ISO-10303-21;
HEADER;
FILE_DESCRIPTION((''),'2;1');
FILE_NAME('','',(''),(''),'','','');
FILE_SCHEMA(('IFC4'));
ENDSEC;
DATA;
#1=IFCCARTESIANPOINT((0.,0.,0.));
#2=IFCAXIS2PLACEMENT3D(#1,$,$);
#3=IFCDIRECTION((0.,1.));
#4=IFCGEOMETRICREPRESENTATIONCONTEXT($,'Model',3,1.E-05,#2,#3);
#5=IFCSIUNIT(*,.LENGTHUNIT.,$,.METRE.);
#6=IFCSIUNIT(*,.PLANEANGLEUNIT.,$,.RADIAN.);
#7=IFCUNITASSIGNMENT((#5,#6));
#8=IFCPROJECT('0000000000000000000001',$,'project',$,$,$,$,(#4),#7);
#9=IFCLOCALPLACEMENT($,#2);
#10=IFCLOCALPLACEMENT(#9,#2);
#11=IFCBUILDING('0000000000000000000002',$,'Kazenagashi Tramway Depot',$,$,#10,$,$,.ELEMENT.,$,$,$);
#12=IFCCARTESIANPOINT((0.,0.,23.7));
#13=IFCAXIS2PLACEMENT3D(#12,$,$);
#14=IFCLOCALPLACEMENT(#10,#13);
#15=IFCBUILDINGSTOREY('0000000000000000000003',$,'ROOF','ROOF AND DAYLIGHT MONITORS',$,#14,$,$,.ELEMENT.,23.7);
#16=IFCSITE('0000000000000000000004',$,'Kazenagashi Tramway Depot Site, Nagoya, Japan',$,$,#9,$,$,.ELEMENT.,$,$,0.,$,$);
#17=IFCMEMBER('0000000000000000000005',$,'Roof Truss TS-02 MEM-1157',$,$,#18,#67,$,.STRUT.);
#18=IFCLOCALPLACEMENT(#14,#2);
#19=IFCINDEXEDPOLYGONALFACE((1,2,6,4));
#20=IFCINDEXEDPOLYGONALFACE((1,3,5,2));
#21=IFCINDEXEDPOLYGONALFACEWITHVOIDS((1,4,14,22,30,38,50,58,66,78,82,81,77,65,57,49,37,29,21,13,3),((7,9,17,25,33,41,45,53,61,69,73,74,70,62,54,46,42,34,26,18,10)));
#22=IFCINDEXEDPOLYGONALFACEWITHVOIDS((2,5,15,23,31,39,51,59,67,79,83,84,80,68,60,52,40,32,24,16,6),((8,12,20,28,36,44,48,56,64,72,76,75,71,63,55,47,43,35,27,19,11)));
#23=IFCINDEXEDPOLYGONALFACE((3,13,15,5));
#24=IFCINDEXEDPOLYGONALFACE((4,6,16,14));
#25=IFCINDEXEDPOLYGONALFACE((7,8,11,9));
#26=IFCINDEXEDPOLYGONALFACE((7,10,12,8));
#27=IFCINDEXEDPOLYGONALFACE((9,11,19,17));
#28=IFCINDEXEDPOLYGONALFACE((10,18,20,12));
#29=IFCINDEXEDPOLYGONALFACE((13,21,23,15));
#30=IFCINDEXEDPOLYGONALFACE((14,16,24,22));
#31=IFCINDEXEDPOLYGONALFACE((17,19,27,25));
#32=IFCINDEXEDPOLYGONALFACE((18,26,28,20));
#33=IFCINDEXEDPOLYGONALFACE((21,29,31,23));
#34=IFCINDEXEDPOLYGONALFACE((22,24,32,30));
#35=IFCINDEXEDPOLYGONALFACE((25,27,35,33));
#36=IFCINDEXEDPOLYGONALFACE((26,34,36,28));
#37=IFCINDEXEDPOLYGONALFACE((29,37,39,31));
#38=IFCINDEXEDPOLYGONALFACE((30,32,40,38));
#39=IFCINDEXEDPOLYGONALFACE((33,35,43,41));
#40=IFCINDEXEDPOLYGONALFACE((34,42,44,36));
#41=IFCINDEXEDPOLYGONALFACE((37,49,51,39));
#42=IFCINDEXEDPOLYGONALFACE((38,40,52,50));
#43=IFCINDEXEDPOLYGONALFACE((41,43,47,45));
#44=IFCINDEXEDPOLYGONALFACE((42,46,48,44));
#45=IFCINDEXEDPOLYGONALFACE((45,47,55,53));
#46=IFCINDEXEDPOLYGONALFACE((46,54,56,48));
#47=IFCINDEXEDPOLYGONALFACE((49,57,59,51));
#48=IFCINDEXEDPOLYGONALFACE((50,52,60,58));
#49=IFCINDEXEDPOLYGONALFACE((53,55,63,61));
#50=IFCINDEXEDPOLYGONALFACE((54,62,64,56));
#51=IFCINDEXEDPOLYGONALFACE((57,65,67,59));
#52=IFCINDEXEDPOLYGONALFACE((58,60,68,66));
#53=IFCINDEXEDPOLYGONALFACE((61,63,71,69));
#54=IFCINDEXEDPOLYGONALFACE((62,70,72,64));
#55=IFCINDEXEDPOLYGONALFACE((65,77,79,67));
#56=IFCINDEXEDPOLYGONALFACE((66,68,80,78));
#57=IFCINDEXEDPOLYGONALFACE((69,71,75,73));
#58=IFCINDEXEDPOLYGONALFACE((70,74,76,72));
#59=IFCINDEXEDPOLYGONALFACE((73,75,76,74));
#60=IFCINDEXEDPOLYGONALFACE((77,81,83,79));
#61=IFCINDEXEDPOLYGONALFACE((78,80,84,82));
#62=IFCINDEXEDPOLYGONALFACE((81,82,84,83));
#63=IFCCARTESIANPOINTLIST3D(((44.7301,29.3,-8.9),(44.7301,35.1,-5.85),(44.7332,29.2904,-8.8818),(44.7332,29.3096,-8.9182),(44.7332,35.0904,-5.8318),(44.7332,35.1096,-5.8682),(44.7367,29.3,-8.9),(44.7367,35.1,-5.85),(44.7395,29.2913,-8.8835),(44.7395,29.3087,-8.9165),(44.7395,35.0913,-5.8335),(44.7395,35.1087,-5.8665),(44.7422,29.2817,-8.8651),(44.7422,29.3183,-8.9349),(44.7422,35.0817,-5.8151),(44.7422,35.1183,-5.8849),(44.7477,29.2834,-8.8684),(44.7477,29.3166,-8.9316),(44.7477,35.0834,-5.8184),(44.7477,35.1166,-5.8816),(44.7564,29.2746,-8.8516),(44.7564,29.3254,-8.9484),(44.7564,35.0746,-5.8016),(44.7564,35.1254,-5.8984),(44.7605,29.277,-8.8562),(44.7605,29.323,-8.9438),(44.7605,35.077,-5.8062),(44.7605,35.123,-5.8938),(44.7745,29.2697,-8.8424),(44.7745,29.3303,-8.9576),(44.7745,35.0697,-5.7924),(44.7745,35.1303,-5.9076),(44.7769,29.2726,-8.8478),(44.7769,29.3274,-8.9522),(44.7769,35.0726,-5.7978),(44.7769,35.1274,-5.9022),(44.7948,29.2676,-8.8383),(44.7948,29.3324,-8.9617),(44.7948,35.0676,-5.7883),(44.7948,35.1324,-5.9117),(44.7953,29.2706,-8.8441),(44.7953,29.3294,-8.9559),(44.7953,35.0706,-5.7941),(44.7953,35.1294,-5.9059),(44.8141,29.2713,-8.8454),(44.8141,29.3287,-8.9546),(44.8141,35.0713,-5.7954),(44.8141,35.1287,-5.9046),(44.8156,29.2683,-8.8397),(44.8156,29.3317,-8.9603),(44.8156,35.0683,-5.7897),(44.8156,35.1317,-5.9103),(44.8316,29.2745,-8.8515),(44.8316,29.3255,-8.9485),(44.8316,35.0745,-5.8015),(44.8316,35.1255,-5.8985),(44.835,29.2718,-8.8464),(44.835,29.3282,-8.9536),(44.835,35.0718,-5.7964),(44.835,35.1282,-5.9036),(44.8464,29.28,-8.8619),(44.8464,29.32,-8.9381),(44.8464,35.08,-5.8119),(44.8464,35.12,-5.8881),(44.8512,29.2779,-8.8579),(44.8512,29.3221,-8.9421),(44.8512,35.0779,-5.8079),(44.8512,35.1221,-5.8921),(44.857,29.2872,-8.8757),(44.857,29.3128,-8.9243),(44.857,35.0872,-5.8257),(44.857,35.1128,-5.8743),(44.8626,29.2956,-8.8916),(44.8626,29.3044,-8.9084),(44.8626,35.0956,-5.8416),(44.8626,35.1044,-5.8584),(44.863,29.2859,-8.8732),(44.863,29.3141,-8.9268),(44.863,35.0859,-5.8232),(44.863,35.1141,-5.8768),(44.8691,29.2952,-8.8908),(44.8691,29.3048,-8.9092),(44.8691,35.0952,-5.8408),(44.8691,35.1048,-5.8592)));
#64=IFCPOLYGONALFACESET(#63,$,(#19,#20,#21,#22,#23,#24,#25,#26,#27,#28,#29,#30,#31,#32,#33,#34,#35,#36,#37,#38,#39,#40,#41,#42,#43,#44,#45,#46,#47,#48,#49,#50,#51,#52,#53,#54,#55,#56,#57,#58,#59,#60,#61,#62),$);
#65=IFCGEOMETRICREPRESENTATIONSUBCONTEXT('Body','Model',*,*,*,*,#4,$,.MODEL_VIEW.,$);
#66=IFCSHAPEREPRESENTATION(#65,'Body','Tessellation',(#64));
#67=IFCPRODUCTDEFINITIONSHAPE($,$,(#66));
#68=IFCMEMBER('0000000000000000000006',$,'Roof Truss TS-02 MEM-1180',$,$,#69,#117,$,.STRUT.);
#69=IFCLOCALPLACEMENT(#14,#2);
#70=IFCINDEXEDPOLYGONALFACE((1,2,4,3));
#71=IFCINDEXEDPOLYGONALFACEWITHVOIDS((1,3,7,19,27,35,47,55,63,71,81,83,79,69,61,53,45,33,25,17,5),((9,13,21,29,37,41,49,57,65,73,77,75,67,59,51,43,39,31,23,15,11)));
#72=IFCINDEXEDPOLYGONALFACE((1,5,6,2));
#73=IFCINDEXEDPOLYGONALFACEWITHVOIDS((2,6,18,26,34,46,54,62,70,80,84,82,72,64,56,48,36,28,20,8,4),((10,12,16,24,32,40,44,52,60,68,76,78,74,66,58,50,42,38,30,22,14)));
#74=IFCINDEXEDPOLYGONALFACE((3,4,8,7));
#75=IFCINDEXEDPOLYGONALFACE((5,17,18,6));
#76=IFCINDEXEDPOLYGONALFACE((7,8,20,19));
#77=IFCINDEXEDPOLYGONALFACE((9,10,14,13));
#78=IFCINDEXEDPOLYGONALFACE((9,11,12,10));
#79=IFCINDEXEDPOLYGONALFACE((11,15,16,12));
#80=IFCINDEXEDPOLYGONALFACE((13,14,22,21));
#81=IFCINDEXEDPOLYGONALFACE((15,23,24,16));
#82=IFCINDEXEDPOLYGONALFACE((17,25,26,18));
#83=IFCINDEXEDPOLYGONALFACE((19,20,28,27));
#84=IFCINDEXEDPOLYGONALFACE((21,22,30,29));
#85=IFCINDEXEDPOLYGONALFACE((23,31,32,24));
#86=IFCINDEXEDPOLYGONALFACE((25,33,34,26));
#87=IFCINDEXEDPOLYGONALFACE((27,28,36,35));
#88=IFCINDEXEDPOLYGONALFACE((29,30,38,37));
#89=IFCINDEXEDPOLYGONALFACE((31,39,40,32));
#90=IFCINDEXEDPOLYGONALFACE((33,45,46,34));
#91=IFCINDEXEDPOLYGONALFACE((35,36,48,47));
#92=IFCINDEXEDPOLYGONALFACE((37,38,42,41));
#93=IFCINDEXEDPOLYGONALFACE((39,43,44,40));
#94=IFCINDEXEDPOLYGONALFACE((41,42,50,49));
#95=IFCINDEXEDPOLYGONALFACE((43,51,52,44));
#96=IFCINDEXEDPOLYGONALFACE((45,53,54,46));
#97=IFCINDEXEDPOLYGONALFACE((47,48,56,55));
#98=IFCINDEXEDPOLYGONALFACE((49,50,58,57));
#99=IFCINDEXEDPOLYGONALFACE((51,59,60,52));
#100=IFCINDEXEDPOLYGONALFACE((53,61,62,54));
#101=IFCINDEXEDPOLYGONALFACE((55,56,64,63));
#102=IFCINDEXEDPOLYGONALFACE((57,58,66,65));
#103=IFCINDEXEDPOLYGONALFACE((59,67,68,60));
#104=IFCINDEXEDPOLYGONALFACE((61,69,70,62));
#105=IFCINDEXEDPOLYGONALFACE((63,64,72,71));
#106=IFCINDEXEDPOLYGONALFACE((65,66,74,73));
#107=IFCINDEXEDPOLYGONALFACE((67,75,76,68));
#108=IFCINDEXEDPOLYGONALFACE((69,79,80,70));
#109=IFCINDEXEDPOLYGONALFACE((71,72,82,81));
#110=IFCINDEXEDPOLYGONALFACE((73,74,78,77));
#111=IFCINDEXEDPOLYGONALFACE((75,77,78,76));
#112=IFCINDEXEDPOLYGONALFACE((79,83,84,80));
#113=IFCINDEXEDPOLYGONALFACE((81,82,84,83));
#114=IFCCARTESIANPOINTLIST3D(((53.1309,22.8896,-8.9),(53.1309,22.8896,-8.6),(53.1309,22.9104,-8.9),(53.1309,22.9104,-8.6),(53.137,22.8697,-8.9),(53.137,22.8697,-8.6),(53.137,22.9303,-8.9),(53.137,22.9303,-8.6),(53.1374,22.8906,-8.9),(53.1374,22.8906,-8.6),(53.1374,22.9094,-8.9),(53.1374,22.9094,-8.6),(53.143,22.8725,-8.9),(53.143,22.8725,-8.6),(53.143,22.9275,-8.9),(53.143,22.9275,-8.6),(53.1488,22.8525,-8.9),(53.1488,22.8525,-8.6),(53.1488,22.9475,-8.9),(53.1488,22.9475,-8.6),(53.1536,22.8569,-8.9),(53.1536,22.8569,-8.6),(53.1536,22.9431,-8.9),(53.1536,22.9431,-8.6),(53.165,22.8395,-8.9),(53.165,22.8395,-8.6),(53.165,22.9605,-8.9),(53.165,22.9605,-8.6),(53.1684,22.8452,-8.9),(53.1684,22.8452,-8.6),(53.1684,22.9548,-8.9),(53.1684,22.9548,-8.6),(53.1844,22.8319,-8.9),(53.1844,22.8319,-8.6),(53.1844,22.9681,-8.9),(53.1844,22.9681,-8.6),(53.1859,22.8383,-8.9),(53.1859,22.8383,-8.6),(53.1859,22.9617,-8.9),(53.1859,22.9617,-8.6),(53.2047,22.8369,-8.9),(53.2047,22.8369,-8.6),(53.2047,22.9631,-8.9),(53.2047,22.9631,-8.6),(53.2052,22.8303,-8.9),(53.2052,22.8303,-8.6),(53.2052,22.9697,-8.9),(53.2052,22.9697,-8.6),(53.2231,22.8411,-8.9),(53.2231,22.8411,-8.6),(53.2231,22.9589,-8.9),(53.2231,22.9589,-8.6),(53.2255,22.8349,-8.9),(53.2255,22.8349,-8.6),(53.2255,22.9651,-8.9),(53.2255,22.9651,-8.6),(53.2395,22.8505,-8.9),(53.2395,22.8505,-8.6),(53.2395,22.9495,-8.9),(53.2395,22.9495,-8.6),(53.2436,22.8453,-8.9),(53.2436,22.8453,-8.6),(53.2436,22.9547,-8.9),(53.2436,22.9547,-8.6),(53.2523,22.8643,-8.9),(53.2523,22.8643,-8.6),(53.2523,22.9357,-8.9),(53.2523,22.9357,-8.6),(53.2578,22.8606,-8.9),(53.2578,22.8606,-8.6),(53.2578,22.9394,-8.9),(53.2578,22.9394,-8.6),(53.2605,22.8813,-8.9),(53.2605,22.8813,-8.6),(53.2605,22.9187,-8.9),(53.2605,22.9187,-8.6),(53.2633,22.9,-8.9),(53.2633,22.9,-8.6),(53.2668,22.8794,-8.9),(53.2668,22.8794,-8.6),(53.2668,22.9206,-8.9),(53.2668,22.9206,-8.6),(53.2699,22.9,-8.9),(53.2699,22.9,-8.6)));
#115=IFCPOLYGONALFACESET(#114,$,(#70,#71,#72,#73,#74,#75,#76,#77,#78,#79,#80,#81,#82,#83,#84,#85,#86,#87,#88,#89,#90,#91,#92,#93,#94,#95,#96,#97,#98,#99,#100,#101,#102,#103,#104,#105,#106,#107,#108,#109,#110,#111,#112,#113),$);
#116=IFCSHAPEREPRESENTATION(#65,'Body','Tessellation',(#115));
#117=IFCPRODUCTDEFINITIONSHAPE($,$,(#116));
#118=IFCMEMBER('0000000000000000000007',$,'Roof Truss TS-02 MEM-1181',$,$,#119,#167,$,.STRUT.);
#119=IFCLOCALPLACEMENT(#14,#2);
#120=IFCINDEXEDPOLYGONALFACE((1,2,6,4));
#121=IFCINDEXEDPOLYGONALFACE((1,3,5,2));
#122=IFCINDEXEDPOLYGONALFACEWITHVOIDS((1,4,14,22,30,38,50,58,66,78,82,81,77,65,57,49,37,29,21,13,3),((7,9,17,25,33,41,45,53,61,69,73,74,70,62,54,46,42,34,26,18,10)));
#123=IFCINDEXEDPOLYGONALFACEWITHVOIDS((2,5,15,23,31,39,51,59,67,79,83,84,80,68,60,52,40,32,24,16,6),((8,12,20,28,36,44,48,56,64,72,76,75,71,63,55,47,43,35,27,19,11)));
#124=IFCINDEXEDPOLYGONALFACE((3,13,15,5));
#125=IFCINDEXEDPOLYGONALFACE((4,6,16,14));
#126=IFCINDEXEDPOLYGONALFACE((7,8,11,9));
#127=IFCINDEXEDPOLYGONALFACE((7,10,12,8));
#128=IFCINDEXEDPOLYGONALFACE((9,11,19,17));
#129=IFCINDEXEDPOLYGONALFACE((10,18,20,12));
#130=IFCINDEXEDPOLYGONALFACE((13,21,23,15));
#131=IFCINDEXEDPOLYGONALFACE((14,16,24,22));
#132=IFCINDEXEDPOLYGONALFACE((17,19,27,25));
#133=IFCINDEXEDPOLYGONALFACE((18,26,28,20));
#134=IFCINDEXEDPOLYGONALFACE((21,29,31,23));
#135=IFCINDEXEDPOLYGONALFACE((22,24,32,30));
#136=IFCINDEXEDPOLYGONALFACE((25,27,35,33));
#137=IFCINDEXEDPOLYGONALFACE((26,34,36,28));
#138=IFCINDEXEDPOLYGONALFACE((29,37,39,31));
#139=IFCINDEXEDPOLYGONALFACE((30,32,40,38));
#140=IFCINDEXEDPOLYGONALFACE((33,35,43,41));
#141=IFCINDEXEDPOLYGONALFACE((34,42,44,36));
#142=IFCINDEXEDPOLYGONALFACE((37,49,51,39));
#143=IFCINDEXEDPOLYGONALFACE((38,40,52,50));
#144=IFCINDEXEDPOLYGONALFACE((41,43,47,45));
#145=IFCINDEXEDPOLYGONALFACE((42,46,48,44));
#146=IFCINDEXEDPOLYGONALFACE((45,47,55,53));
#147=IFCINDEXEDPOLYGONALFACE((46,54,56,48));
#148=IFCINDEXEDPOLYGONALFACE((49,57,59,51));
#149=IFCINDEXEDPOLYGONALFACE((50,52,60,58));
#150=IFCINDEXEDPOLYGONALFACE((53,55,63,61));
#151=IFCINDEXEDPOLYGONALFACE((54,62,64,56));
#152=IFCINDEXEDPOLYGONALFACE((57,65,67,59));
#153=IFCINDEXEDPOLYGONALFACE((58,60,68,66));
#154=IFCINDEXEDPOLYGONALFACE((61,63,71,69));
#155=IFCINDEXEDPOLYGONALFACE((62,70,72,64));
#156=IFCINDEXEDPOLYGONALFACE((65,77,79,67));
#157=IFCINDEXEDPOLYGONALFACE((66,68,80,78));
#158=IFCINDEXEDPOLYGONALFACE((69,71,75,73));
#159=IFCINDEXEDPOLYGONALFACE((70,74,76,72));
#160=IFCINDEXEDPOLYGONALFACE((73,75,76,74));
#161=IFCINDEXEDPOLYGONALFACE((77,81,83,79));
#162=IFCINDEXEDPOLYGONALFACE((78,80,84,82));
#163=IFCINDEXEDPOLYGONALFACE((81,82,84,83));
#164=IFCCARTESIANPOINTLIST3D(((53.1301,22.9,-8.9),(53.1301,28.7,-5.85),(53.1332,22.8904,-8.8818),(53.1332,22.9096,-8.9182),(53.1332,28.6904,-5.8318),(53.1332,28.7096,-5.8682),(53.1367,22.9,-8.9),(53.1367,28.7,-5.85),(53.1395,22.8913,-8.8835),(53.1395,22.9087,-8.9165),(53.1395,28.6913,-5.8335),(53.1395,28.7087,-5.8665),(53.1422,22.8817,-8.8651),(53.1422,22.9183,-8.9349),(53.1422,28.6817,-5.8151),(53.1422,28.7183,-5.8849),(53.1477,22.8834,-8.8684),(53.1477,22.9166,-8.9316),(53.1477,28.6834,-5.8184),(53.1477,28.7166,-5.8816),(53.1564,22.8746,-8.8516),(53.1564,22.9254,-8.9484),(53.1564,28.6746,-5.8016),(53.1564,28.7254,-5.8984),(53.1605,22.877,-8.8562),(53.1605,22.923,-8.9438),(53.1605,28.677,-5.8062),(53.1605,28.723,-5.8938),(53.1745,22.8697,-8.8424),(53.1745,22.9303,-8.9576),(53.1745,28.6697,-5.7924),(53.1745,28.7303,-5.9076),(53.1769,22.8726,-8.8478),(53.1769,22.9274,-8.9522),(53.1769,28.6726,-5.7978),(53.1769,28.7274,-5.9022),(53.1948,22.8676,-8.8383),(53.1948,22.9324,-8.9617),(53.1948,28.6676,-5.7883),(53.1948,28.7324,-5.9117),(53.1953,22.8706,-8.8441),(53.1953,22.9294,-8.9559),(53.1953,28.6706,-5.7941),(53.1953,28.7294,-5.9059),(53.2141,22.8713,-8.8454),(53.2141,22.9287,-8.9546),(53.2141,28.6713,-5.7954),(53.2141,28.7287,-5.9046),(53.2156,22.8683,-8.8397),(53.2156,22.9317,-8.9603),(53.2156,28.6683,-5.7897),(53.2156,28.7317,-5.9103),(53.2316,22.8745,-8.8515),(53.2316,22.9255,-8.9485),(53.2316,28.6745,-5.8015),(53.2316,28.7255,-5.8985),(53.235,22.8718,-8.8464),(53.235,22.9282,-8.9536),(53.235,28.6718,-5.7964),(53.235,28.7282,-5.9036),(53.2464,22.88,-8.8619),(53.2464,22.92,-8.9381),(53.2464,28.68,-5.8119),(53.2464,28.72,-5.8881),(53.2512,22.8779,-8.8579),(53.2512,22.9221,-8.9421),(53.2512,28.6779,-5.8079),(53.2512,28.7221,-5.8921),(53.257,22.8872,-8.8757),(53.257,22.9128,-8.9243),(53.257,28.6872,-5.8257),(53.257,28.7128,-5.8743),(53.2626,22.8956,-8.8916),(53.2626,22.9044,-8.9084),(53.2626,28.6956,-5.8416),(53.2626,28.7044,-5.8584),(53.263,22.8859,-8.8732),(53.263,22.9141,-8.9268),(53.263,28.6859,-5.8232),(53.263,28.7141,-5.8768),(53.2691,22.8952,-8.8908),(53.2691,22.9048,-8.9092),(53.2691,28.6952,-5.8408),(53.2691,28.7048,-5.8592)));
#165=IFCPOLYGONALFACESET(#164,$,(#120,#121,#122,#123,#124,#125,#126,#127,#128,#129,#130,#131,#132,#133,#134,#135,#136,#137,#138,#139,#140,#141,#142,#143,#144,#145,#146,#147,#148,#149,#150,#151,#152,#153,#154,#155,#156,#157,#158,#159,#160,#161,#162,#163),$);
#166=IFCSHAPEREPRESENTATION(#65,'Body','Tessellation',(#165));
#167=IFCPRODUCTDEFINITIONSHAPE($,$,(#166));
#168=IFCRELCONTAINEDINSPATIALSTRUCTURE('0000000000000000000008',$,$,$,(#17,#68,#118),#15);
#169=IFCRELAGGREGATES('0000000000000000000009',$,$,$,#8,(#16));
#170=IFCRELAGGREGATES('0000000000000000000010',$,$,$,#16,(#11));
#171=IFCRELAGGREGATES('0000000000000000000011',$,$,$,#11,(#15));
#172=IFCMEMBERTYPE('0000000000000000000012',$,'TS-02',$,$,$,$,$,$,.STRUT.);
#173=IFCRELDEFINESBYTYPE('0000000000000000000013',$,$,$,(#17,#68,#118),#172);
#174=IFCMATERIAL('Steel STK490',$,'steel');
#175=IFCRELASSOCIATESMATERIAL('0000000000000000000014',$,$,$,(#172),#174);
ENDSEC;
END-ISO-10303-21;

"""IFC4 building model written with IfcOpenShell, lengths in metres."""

from ifc_helpers import new_model, si_unit, direction, frame, origin, origin_2d, place, context, subcontext, project, spatial, hollow_circle, extrude, material, material_profile, profile_set, type_object, element, save


model = new_model("IFC4")

# Units and contexts
model_context = context("Model", 3, precision=1e-05, world=origin(), true_north=direction((0.0, 1.0)))
body_context = subcontext(model_context, "Body", "Model", "MODEL_VIEW")
ifc_project = project(units=[si_unit("LENGTHUNIT", "METRE"), si_unit("PLANEANGLEUNIT", "RADIAN")], contexts=[model_context])

# Site, building, storey
site_placement = place(None, origin())
site = spatial("IfcSite", under=ifc_project, at=site_placement, Name="Kazenagashi Tramway Depot Site, Nagoya, Japan", CompositionType="ELEMENT", RefElevation=0.0)
building_placement = place(site_placement, origin())
building = spatial("IfcBuilding", under=site, at=building_placement, Name="Kazenagashi Tramway Depot", CompositionType="ELEMENT")
storey_placement = place(building_placement, frame((0.0, 0.0, 23.7)))
storey = spatial("IfcBuildingStorey", under=building, at=storey_placement, Name="ROOF", Description="ROOF AND DAYLIGHT MONITORS", CompositionType="ELEMENT", Elevation=23.7)

# Members
ifc_material_1 = material(Name="Steel STK490", Category="steel")
ifc_material_profile_1 = material_profile(ifc_material_1, hollow_circle(Radius=0.0699, WallThickness=0.0066, at=origin_2d()), Name="CHS-139.8x6.6")
ifc_profile_set_1 = profile_set([ifc_material_profile_1], Name="Steel STK490")
member_type_1 = type_object("IfcMemberType", Name="TS-02", PredefinedType="STRUT", material=ifc_profile_set_1)
member_1_placement = place(storey_placement, frame((44.8, 29.3, -8.9), z_axis=(0.0, 0.885084, 0.465432), x_axis=(-1.0, 0.0, 0.0)))
element("IfcMember", 1, at=member_1_placement, inside=storey, type_object=member_type_1, Name="Roof Truss TS-02 MEM-1157", PredefinedType="STRUT", context=body_context, shape_type="SweptSolid", body=[
    extrude(hollow_circle(Radius=0.0699, WallThickness=0.0066, at=origin_2d()), origin(), (0.0, 0.0, 1.0), 6.5531),
])
member_2_placement = place(storey_placement, frame((53.2, 22.9, -8.9), z_axis=(0.0, 0.0, 1.0), x_axis=(1.0, 0.0, 0.0)))
element("IfcMember", 2, at=member_2_placement, inside=storey, type_object=member_type_1, Name="Roof Truss TS-02 MEM-1180", PredefinedType="STRUT", context=body_context, shape_type="SweptSolid", body=[
    extrude(hollow_circle(Radius=0.0699, WallThickness=0.0066, at=origin_2d()), origin(), (0.0, 0.0, 1.0), 0.3),
])
member_3_placement = place(storey_placement, frame((53.2, 22.9, -8.9), z_axis=(0.0, 0.885084, 0.465432), x_axis=(-1.0, 0.0, 0.0)))
element("IfcMember", 3, at=member_3_placement, inside=storey, type_object=member_type_1, Name="Roof Truss TS-02 MEM-1181", PredefinedType="STRUT", context=body_context, shape_type="SweptSolid", body=[
    extrude(hollow_circle(Radius=0.0699, WallThickness=0.0066, at=origin_2d()), origin(), (0.0, 0.0, 1.0), 6.5531),
])

save(model, "model.ifc")
